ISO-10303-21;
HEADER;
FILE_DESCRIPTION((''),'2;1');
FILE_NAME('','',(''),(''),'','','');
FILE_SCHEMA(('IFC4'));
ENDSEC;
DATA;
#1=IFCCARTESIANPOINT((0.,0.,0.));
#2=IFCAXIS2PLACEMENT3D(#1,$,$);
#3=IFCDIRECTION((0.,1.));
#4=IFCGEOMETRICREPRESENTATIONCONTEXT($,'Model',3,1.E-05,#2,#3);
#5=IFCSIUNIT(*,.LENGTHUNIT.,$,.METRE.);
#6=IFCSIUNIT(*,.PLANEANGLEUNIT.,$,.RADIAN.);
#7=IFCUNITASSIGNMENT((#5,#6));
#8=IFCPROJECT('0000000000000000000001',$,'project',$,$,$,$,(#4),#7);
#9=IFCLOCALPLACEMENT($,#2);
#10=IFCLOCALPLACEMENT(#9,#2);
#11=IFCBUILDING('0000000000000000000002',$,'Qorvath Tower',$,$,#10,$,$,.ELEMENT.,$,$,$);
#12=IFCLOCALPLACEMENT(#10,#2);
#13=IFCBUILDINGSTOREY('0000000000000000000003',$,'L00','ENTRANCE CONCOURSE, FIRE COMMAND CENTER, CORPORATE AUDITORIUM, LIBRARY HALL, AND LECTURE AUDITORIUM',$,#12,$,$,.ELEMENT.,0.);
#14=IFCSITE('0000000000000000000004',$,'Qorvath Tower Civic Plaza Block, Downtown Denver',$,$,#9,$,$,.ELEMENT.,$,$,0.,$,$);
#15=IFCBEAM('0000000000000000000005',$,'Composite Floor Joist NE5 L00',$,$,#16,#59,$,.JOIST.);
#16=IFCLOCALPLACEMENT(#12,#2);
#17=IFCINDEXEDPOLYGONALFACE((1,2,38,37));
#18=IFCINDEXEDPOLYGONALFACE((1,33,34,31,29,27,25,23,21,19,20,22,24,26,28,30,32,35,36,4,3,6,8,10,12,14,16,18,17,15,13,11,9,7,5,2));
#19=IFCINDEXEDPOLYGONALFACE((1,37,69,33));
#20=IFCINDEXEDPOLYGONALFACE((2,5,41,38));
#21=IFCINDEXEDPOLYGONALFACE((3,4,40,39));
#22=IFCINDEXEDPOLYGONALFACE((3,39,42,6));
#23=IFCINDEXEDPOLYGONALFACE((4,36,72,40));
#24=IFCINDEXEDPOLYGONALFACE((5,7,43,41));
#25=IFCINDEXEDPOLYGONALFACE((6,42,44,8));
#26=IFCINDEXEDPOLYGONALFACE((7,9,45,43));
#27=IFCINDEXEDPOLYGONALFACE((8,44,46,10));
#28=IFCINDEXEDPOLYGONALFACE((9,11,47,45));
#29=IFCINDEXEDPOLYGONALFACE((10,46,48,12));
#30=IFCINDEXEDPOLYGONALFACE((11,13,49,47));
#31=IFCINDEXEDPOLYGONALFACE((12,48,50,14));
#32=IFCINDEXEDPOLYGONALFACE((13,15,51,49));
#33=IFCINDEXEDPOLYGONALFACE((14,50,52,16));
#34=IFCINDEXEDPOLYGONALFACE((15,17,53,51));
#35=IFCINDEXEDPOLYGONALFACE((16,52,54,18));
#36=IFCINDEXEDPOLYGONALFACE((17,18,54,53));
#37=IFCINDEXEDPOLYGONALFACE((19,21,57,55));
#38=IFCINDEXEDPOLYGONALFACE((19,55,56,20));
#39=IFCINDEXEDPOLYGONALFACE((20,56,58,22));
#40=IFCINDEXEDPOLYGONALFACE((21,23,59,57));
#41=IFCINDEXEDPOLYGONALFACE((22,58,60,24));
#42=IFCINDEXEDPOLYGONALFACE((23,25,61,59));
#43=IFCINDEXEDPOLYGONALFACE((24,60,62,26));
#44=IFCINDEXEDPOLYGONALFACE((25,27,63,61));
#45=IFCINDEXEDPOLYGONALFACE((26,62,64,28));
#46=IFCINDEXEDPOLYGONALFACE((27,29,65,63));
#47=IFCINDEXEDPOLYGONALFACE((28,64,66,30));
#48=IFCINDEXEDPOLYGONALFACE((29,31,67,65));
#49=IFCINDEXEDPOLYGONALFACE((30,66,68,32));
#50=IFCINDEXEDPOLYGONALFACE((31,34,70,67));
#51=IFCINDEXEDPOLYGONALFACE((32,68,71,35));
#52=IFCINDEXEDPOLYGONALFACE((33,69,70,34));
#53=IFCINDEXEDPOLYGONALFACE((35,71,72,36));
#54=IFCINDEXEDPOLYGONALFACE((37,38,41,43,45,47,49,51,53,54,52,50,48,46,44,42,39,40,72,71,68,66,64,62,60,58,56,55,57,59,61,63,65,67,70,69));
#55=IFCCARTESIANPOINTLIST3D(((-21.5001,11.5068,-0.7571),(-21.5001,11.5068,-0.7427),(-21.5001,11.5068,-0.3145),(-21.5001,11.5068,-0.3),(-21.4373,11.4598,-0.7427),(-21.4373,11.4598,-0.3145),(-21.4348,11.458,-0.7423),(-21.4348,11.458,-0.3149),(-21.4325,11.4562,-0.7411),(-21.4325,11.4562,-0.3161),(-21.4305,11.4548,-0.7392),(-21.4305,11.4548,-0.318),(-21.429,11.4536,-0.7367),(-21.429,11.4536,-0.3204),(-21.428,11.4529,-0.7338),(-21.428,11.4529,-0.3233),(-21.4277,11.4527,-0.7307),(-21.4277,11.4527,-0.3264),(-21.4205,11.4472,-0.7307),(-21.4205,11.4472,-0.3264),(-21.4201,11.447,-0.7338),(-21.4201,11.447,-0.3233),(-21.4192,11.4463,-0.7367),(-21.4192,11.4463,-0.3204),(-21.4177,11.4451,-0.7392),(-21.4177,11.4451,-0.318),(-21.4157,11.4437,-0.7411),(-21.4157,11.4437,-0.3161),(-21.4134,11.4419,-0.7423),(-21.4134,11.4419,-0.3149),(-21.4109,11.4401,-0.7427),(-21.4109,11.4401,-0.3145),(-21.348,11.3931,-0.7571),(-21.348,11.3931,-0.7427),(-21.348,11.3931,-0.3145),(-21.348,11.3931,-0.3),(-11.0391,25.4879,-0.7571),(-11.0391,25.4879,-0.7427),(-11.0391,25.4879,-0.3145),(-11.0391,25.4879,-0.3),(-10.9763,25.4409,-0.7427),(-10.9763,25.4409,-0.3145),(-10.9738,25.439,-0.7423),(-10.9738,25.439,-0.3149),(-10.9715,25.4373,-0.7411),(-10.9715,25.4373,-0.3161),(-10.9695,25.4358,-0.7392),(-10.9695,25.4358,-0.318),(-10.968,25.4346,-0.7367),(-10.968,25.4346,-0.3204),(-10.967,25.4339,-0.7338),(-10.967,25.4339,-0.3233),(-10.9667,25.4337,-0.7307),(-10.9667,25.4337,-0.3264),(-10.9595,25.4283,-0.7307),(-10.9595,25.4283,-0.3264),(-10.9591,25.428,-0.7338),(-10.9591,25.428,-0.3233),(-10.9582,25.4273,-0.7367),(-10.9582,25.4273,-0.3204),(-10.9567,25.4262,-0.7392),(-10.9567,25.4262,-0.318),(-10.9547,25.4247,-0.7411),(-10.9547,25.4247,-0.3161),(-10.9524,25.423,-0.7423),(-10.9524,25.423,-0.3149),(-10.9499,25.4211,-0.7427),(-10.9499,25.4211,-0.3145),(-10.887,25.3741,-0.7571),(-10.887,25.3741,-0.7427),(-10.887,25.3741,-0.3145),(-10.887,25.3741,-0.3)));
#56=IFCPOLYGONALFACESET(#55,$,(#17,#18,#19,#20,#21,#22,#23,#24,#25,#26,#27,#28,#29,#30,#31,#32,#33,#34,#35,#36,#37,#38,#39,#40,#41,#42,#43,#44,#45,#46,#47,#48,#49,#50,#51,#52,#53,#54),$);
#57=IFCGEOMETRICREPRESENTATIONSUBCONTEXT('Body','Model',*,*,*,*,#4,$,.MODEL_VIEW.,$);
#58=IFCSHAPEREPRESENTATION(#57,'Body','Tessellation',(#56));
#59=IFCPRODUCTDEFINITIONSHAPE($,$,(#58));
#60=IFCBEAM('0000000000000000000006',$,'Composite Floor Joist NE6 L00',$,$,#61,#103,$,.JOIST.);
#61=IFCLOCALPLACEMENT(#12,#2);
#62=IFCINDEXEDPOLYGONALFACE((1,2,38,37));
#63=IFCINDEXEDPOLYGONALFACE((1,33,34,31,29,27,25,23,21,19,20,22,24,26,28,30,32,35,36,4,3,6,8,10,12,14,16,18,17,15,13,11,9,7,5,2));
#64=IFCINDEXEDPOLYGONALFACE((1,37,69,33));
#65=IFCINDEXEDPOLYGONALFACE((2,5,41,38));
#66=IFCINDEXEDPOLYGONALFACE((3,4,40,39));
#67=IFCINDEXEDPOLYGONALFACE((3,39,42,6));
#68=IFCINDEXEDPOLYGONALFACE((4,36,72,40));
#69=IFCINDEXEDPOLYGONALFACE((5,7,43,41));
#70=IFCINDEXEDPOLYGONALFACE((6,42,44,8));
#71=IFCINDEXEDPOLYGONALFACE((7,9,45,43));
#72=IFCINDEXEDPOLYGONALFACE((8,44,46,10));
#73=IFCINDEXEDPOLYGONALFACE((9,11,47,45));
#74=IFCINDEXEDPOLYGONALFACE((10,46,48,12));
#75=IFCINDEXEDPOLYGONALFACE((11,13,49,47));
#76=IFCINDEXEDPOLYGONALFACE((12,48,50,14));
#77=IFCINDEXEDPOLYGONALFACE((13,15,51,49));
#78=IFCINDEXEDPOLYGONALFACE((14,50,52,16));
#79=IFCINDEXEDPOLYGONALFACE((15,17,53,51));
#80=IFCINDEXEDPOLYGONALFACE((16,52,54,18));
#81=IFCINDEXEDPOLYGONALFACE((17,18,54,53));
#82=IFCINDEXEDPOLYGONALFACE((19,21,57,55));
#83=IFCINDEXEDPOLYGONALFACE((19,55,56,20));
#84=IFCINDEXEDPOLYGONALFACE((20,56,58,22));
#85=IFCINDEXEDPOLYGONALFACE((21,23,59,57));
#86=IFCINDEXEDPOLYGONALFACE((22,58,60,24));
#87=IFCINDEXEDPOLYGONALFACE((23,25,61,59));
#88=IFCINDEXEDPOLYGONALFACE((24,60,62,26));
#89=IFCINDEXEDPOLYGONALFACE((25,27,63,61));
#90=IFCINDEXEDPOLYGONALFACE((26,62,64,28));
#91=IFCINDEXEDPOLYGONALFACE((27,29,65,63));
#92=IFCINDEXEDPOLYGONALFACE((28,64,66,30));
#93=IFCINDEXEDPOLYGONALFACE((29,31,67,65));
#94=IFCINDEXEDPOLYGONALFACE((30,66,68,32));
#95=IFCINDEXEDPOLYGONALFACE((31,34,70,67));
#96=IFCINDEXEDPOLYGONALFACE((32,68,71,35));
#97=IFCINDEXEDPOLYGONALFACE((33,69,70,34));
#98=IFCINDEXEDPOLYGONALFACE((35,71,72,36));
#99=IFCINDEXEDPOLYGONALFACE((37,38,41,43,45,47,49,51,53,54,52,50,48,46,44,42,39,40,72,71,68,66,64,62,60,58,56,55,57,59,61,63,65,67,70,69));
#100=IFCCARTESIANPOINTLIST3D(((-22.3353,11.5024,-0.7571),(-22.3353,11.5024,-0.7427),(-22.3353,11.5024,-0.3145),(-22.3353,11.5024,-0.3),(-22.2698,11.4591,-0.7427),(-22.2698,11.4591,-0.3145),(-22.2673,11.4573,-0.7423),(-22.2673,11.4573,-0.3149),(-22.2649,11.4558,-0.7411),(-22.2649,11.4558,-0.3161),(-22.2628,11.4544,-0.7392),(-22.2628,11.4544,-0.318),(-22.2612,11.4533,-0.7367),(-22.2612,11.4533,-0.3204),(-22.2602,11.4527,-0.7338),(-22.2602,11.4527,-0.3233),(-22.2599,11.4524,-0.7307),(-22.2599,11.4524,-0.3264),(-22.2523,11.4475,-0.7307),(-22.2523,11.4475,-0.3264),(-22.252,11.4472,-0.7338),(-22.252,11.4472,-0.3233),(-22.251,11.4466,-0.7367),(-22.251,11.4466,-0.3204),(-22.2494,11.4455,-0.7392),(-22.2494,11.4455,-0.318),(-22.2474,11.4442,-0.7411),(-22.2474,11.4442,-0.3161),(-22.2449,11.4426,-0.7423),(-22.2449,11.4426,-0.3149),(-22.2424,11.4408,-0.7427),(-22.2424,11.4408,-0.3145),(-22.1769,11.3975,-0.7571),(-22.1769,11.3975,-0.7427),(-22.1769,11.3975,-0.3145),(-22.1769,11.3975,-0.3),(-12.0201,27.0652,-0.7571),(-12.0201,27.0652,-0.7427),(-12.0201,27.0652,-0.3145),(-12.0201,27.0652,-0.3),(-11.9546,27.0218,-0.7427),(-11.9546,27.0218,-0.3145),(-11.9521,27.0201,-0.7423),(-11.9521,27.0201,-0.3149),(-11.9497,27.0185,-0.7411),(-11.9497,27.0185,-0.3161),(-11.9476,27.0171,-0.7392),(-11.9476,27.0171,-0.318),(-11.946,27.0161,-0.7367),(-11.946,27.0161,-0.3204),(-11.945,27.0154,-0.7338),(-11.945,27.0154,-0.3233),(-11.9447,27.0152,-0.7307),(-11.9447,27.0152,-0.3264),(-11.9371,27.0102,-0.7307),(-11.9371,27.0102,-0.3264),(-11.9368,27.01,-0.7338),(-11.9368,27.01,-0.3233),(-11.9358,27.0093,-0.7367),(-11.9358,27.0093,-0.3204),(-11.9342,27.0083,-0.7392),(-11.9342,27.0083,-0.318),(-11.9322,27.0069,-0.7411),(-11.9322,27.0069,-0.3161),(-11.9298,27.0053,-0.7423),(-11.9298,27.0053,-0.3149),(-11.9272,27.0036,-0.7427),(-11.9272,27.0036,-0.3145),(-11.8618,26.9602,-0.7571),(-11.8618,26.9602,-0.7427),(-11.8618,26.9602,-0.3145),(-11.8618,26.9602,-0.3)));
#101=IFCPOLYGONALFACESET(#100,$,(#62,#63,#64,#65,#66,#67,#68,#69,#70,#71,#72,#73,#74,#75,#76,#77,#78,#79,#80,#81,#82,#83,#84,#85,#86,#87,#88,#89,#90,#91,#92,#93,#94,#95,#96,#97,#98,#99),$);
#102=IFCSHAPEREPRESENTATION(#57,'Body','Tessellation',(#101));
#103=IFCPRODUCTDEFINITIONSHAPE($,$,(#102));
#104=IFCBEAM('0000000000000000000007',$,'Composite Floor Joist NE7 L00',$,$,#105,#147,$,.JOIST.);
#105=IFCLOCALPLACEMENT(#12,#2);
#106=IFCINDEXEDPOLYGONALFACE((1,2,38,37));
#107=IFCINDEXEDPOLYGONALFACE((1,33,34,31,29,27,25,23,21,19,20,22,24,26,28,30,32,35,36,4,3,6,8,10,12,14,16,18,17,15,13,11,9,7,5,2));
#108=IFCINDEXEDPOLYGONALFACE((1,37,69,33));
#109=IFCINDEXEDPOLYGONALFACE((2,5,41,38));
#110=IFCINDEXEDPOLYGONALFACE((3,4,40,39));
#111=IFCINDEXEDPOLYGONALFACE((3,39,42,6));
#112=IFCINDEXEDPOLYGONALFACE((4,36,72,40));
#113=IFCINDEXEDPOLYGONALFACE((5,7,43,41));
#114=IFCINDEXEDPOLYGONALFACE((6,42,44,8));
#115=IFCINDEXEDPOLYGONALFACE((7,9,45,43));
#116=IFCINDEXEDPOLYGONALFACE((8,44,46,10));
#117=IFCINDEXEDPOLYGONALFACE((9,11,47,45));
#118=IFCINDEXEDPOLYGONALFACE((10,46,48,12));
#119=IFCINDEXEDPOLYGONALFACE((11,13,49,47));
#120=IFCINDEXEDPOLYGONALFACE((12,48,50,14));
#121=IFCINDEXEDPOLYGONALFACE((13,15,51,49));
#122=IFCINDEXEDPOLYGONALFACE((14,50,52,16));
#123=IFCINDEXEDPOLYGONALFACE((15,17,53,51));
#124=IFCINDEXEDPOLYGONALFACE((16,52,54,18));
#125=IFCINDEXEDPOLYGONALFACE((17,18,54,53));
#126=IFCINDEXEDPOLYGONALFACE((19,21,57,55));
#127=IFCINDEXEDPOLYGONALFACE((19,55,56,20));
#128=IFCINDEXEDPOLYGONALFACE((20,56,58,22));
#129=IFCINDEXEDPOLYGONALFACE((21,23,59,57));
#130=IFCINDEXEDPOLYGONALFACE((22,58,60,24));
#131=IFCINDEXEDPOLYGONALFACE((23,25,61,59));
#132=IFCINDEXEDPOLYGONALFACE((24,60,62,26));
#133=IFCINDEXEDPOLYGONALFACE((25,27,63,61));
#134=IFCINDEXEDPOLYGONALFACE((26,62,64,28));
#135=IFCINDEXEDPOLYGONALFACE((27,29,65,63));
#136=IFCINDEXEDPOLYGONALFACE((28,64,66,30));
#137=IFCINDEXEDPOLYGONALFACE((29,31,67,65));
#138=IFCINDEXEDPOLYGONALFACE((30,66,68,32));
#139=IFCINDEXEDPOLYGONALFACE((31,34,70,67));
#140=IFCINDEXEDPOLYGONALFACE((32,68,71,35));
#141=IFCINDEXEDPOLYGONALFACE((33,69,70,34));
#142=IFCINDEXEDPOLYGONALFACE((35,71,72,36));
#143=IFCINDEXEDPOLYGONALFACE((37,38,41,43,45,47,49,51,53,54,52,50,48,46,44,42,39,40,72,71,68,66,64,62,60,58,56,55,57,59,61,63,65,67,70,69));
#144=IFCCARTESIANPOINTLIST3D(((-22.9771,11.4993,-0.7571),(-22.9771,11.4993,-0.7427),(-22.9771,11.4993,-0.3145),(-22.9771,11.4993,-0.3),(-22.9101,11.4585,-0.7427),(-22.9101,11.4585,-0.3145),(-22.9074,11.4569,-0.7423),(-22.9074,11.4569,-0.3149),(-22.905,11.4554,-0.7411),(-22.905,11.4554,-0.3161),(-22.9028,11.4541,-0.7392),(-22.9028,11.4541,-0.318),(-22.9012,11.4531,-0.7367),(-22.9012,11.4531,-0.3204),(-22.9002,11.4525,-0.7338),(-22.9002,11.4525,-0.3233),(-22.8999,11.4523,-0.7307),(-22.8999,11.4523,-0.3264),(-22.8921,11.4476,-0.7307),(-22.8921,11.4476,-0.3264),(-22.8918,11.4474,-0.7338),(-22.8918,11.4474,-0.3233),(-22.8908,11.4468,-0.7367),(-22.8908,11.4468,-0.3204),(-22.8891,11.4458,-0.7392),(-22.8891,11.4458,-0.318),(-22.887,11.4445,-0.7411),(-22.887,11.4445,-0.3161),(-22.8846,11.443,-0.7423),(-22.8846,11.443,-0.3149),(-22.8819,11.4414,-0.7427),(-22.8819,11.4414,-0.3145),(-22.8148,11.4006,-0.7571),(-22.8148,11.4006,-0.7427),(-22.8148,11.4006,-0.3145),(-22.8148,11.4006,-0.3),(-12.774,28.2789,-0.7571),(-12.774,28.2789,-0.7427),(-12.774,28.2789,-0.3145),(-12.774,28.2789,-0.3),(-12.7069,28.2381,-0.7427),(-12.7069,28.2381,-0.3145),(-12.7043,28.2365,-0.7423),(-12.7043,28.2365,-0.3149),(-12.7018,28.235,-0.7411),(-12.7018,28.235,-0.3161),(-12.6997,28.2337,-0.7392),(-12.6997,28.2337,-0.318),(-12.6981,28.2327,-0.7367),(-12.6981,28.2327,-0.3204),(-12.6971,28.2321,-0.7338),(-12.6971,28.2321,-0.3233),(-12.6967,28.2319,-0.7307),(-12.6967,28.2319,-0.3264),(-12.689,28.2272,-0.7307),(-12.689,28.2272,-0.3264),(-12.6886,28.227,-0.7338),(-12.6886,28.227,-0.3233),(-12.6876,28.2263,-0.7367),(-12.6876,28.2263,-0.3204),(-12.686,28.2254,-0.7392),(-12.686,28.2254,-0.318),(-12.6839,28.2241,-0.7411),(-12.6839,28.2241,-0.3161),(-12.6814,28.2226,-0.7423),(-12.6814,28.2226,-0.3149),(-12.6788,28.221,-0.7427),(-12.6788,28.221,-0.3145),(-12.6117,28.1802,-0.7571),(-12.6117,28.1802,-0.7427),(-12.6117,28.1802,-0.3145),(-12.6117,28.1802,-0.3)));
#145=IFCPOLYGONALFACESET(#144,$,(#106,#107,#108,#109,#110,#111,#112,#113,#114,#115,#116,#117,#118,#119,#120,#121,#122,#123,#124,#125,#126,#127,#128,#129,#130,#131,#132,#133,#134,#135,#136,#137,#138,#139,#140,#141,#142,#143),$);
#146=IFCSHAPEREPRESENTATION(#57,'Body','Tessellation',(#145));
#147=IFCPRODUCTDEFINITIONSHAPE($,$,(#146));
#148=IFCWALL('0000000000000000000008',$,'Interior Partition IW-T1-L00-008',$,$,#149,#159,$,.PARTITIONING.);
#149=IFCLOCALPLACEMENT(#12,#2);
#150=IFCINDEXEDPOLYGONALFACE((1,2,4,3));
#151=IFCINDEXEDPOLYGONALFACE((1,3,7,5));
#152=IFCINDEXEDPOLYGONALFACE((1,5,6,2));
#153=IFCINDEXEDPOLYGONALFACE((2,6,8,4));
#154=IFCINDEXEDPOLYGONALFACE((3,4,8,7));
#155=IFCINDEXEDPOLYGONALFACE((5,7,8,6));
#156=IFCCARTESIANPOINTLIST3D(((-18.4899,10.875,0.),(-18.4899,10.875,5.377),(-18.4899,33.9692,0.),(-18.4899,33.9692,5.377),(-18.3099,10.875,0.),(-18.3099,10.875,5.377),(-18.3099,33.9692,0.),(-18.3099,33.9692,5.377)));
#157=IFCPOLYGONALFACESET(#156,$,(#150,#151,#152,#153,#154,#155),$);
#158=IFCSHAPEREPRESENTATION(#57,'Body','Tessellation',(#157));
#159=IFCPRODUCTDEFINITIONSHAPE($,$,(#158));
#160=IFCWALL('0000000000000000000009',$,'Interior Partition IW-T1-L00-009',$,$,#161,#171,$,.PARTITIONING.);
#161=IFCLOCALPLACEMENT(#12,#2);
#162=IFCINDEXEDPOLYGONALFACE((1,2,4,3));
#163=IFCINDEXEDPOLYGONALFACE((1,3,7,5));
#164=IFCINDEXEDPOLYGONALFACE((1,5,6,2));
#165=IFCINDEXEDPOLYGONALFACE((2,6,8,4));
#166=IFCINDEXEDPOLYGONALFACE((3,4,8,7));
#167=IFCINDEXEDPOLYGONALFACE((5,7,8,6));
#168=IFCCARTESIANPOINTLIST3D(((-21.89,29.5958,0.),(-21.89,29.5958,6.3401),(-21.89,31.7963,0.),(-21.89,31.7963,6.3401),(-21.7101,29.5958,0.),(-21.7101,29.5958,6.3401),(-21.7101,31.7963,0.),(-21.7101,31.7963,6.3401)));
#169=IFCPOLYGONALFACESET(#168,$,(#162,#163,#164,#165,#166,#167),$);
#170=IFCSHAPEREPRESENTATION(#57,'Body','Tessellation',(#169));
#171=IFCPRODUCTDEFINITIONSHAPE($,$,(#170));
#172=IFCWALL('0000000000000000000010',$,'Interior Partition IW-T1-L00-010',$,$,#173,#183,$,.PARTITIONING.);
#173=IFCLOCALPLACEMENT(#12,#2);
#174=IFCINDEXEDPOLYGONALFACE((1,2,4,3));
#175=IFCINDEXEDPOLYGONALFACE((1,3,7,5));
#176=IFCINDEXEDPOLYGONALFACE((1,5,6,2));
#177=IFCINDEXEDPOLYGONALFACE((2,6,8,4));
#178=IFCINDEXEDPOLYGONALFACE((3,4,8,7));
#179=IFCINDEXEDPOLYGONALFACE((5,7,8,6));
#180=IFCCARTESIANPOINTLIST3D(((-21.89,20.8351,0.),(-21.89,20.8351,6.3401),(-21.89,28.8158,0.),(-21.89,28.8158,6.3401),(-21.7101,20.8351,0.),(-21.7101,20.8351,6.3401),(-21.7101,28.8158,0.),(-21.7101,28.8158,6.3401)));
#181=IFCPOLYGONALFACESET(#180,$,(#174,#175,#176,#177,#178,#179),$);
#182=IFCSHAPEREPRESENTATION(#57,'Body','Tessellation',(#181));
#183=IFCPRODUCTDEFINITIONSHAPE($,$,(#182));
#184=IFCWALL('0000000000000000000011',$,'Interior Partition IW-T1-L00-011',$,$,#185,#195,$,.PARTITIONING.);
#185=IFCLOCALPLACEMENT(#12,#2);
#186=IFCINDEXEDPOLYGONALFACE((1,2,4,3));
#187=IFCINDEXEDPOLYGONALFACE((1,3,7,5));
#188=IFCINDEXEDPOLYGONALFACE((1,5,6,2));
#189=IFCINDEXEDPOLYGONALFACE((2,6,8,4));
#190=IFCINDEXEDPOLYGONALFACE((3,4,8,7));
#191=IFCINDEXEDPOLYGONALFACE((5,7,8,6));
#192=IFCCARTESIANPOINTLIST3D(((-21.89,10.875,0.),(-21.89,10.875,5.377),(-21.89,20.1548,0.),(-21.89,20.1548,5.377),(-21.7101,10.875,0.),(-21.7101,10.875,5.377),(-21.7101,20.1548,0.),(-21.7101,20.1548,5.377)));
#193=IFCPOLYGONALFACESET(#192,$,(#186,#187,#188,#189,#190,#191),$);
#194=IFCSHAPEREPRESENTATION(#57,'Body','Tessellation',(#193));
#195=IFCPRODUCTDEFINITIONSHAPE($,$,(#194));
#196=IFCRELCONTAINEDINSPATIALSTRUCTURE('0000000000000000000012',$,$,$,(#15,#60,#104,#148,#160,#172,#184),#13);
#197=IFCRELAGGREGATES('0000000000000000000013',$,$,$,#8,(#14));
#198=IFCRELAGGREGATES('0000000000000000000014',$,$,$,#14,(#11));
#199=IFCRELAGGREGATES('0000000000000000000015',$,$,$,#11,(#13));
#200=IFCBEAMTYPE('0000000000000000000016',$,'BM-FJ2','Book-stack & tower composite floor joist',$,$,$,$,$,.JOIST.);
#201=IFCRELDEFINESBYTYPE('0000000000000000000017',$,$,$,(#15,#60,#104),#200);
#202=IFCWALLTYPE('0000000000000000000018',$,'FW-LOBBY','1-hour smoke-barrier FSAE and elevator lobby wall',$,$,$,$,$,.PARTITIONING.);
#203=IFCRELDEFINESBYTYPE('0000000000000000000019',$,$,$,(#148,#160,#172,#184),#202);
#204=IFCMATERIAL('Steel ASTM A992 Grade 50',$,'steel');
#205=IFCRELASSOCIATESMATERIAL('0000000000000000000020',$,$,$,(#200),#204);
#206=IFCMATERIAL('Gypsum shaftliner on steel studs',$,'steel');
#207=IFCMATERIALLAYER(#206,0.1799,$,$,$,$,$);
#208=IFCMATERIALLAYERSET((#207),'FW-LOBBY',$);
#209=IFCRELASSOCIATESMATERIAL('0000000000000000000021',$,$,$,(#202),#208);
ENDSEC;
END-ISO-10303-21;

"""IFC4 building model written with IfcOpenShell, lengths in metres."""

from ifc_helpers import new_model, si_unit, direction, frame, frame_2d, origin, origin_2d, place, context, subcontext, project, spatial, rectangle, i_section, extrude, material, layer, layer_set, material_profile, profile_set, type_object, element, save


model = new_model("IFC4")

# Units and contexts
model_context = context("Model", 3, precision=1e-05, world=origin(), true_north=direction((0.0, 1.0)))
body_context = subcontext(model_context, "Body", "Model", "MODEL_VIEW")
ifc_project = project(units=[si_unit("LENGTHUNIT", "METRE"), si_unit("PLANEANGLEUNIT", "RADIAN")], contexts=[model_context])

# Site, building, storey
site_placement = place(None, origin())
site = spatial("IfcSite", under=ifc_project, at=site_placement, Name="Qorvath Tower Civic Plaza Block, Downtown Denver", CompositionType="ELEMENT", RefElevation=0.0)
building_placement = place(site_placement, origin())
building = spatial("IfcBuilding", under=site, at=building_placement, Name="Qorvath Tower", CompositionType="ELEMENT")
storey_placement = place(building_placement, origin())
storey = spatial("IfcBuildingStorey", under=building, at=storey_placement, Name="L00", Description="ENTRANCE CONCOURSE, FIRE COMMAND CENTER, CORPORATE AUDITORIUM, LIBRARY HALL, AND LECTURE AUDITORIUM", CompositionType="ELEMENT", Elevation=0.0)

# Beams
ifc_material_1 = material(Name="Steel ASTM A992 Grade 50", Category="steel")
ifc_material_profile_1 = material_profile(ifc_material_1, i_section(OverallWidth=0.1899, OverallDepth=0.457, WebThickness=0.009, FlangeThickness=0.0144, FilletRadius=0.012, at=origin_2d()), Name="W18x50")
ifc_profile_set_1 = profile_set([ifc_material_profile_1], Name="Steel ASTM A992 Grade 50")
beam_type_1 = type_object("IfcBeamType", Name="BM-FJ2", Description="Book-stack & tower composite floor joist", PredefinedType="JOIST", material=ifc_profile_set_1)
beam_1_placement = place(storey_placement, frame((-21.4241, 11.45, -0.5286), z_axis=(0.599091, 0.800681, 0.0), x_axis=(-0.800681, 0.599091, 0.0)))
element("IfcBeam", 1, at=beam_1_placement, inside=storey, type_object=beam_type_1, Name="Composite Floor Joist NE5 L00", PredefinedType="JOIST", context=body_context, shape_type="SweptSolid", body=[
    extrude(i_section(OverallWidth=0.1899, OverallDepth=0.457, WebThickness=0.009, FlangeThickness=0.0144, FilletRadius=0.012, at=origin_2d()), origin(), (0.0, 0.0, 1.0), 17.4614),
])
beam_2_placement = place(storey_placement, frame((-22.2561, 11.45, -0.5286), z_axis=(0.552474, 0.83353, 0.0), x_axis=(-0.83353, 0.552474, 0.0)))
element("IfcBeam", 2, at=beam_2_placement, inside=storey, type_object=beam_type_1, Name="Composite Floor Joist NE6 L00", PredefinedType="JOIST", context=body_context, shape_type="SweptSolid", body=[
    extrude(i_section(OverallWidth=0.1899, OverallDepth=0.457, WebThickness=0.009, FlangeThickness=0.0144, FilletRadius=0.012, at=origin_2d()), origin(), (0.0, 0.0, 1.0), 18.6709),
])
beam_3_placement = place(storey_placement, frame((-22.896, 11.45, -0.5286), z_axis=(0.519556, 0.854436, 0.0), x_axis=(-0.854436, 0.519556, 0.0)))
element("IfcBeam", 3, at=beam_3_placement, inside=storey, type_object=beam_type_1, Name="Composite Floor Joist NE7 L00", PredefinedType="JOIST", context=body_context, shape_type="SweptSolid", body=[
    extrude(i_section(OverallWidth=0.1899, OverallDepth=0.457, WebThickness=0.009, FlangeThickness=0.0144, FilletRadius=0.012, at=origin_2d()), origin(), (0.0, 0.0, 1.0), 19.6382),
])

# Walls
ifc_material_2 = material(Name="Gypsum shaftliner on steel studs", Category="steel")
ifc_layer_1 = layer(ifc_material_2, 0.1799)
ifc_layer_set_1 = layer_set([ifc_layer_1], Name="FW-LOBBY")
wall_type_1 = type_object("IfcWallType", Name="FW-LOBBY", Description="1-hour smoke-barrier FSAE and elevator lobby wall", PredefinedType="PARTITIONING", material=ifc_layer_set_1)
wall_1_placement = place(storey_placement, frame((-18.3999, 10.875, 0.0), z_axis=(0.0, 0.0, 1.0), x_axis=(0.0, 1.0, 0.0)))
element("IfcWall", 4, at=wall_1_placement, inside=storey, type_object=wall_type_1, Name="Interior Partition IW-T1-L00-008", PredefinedType="PARTITIONING", context=body_context, shape_type="SweptSolid", body=[
    extrude(rectangle(XDim=23.0942, YDim=0.1799, at=frame_2d((11.5471, 0.0))), origin(), (0.0, 0.0, 1.0), 5.377),
])
wall_2_placement = place(storey_placement, frame((-21.8, 31.7961, 0.0), z_axis=(0.0, 0.0, 1.0), x_axis=(0.0, -1.0, 0.0)))
element("IfcWall", 5, at=wall_2_placement, inside=storey, type_object=wall_type_1, Name="Interior Partition IW-T1-L00-009", PredefinedType="PARTITIONING", context=body_context, shape_type="SweptSolid", body=[
    extrude(rectangle(XDim=2.2004, YDim=0.1799, at=frame_2d((1.1001, 0.0))), origin(), (0.0, 0.0, 1.0), 6.3401),
])
wall_3_placement = place(storey_placement, frame((-21.8, 28.8157, 0.0), z_axis=(0.0, 0.0, 1.0), x_axis=(0.0, -1.0, 0.0)))
element("IfcWall", 6, at=wall_3_placement, inside=storey, type_object=wall_type_1, Name="Interior Partition IW-T1-L00-010", PredefinedType="PARTITIONING", context=body_context, shape_type="SweptSolid", body=[
    extrude(rectangle(XDim=7.9807, YDim=0.1799, at=frame_2d((3.9902, 0.0))), origin(), (0.0, 0.0, 1.0), 6.3401),
])
wall_4_placement = place(storey_placement, frame((-21.8, 20.1548, 0.0), z_axis=(0.0, 0.0, 1.0), x_axis=(0.0, -1.0, 0.0)))
element("IfcWall", 7, at=wall_4_placement, inside=storey, type_object=wall_type_1, Name="Interior Partition IW-T1-L00-011", PredefinedType="PARTITIONING", context=body_context, shape_type="SweptSolid", body=[
    extrude(rectangle(XDim=9.2798, YDim=0.1799, at=frame_2d((4.6399, 0.0))), origin(), (0.0, 0.0, 1.0), 5.377),
])

save(model, "model.ifc")
